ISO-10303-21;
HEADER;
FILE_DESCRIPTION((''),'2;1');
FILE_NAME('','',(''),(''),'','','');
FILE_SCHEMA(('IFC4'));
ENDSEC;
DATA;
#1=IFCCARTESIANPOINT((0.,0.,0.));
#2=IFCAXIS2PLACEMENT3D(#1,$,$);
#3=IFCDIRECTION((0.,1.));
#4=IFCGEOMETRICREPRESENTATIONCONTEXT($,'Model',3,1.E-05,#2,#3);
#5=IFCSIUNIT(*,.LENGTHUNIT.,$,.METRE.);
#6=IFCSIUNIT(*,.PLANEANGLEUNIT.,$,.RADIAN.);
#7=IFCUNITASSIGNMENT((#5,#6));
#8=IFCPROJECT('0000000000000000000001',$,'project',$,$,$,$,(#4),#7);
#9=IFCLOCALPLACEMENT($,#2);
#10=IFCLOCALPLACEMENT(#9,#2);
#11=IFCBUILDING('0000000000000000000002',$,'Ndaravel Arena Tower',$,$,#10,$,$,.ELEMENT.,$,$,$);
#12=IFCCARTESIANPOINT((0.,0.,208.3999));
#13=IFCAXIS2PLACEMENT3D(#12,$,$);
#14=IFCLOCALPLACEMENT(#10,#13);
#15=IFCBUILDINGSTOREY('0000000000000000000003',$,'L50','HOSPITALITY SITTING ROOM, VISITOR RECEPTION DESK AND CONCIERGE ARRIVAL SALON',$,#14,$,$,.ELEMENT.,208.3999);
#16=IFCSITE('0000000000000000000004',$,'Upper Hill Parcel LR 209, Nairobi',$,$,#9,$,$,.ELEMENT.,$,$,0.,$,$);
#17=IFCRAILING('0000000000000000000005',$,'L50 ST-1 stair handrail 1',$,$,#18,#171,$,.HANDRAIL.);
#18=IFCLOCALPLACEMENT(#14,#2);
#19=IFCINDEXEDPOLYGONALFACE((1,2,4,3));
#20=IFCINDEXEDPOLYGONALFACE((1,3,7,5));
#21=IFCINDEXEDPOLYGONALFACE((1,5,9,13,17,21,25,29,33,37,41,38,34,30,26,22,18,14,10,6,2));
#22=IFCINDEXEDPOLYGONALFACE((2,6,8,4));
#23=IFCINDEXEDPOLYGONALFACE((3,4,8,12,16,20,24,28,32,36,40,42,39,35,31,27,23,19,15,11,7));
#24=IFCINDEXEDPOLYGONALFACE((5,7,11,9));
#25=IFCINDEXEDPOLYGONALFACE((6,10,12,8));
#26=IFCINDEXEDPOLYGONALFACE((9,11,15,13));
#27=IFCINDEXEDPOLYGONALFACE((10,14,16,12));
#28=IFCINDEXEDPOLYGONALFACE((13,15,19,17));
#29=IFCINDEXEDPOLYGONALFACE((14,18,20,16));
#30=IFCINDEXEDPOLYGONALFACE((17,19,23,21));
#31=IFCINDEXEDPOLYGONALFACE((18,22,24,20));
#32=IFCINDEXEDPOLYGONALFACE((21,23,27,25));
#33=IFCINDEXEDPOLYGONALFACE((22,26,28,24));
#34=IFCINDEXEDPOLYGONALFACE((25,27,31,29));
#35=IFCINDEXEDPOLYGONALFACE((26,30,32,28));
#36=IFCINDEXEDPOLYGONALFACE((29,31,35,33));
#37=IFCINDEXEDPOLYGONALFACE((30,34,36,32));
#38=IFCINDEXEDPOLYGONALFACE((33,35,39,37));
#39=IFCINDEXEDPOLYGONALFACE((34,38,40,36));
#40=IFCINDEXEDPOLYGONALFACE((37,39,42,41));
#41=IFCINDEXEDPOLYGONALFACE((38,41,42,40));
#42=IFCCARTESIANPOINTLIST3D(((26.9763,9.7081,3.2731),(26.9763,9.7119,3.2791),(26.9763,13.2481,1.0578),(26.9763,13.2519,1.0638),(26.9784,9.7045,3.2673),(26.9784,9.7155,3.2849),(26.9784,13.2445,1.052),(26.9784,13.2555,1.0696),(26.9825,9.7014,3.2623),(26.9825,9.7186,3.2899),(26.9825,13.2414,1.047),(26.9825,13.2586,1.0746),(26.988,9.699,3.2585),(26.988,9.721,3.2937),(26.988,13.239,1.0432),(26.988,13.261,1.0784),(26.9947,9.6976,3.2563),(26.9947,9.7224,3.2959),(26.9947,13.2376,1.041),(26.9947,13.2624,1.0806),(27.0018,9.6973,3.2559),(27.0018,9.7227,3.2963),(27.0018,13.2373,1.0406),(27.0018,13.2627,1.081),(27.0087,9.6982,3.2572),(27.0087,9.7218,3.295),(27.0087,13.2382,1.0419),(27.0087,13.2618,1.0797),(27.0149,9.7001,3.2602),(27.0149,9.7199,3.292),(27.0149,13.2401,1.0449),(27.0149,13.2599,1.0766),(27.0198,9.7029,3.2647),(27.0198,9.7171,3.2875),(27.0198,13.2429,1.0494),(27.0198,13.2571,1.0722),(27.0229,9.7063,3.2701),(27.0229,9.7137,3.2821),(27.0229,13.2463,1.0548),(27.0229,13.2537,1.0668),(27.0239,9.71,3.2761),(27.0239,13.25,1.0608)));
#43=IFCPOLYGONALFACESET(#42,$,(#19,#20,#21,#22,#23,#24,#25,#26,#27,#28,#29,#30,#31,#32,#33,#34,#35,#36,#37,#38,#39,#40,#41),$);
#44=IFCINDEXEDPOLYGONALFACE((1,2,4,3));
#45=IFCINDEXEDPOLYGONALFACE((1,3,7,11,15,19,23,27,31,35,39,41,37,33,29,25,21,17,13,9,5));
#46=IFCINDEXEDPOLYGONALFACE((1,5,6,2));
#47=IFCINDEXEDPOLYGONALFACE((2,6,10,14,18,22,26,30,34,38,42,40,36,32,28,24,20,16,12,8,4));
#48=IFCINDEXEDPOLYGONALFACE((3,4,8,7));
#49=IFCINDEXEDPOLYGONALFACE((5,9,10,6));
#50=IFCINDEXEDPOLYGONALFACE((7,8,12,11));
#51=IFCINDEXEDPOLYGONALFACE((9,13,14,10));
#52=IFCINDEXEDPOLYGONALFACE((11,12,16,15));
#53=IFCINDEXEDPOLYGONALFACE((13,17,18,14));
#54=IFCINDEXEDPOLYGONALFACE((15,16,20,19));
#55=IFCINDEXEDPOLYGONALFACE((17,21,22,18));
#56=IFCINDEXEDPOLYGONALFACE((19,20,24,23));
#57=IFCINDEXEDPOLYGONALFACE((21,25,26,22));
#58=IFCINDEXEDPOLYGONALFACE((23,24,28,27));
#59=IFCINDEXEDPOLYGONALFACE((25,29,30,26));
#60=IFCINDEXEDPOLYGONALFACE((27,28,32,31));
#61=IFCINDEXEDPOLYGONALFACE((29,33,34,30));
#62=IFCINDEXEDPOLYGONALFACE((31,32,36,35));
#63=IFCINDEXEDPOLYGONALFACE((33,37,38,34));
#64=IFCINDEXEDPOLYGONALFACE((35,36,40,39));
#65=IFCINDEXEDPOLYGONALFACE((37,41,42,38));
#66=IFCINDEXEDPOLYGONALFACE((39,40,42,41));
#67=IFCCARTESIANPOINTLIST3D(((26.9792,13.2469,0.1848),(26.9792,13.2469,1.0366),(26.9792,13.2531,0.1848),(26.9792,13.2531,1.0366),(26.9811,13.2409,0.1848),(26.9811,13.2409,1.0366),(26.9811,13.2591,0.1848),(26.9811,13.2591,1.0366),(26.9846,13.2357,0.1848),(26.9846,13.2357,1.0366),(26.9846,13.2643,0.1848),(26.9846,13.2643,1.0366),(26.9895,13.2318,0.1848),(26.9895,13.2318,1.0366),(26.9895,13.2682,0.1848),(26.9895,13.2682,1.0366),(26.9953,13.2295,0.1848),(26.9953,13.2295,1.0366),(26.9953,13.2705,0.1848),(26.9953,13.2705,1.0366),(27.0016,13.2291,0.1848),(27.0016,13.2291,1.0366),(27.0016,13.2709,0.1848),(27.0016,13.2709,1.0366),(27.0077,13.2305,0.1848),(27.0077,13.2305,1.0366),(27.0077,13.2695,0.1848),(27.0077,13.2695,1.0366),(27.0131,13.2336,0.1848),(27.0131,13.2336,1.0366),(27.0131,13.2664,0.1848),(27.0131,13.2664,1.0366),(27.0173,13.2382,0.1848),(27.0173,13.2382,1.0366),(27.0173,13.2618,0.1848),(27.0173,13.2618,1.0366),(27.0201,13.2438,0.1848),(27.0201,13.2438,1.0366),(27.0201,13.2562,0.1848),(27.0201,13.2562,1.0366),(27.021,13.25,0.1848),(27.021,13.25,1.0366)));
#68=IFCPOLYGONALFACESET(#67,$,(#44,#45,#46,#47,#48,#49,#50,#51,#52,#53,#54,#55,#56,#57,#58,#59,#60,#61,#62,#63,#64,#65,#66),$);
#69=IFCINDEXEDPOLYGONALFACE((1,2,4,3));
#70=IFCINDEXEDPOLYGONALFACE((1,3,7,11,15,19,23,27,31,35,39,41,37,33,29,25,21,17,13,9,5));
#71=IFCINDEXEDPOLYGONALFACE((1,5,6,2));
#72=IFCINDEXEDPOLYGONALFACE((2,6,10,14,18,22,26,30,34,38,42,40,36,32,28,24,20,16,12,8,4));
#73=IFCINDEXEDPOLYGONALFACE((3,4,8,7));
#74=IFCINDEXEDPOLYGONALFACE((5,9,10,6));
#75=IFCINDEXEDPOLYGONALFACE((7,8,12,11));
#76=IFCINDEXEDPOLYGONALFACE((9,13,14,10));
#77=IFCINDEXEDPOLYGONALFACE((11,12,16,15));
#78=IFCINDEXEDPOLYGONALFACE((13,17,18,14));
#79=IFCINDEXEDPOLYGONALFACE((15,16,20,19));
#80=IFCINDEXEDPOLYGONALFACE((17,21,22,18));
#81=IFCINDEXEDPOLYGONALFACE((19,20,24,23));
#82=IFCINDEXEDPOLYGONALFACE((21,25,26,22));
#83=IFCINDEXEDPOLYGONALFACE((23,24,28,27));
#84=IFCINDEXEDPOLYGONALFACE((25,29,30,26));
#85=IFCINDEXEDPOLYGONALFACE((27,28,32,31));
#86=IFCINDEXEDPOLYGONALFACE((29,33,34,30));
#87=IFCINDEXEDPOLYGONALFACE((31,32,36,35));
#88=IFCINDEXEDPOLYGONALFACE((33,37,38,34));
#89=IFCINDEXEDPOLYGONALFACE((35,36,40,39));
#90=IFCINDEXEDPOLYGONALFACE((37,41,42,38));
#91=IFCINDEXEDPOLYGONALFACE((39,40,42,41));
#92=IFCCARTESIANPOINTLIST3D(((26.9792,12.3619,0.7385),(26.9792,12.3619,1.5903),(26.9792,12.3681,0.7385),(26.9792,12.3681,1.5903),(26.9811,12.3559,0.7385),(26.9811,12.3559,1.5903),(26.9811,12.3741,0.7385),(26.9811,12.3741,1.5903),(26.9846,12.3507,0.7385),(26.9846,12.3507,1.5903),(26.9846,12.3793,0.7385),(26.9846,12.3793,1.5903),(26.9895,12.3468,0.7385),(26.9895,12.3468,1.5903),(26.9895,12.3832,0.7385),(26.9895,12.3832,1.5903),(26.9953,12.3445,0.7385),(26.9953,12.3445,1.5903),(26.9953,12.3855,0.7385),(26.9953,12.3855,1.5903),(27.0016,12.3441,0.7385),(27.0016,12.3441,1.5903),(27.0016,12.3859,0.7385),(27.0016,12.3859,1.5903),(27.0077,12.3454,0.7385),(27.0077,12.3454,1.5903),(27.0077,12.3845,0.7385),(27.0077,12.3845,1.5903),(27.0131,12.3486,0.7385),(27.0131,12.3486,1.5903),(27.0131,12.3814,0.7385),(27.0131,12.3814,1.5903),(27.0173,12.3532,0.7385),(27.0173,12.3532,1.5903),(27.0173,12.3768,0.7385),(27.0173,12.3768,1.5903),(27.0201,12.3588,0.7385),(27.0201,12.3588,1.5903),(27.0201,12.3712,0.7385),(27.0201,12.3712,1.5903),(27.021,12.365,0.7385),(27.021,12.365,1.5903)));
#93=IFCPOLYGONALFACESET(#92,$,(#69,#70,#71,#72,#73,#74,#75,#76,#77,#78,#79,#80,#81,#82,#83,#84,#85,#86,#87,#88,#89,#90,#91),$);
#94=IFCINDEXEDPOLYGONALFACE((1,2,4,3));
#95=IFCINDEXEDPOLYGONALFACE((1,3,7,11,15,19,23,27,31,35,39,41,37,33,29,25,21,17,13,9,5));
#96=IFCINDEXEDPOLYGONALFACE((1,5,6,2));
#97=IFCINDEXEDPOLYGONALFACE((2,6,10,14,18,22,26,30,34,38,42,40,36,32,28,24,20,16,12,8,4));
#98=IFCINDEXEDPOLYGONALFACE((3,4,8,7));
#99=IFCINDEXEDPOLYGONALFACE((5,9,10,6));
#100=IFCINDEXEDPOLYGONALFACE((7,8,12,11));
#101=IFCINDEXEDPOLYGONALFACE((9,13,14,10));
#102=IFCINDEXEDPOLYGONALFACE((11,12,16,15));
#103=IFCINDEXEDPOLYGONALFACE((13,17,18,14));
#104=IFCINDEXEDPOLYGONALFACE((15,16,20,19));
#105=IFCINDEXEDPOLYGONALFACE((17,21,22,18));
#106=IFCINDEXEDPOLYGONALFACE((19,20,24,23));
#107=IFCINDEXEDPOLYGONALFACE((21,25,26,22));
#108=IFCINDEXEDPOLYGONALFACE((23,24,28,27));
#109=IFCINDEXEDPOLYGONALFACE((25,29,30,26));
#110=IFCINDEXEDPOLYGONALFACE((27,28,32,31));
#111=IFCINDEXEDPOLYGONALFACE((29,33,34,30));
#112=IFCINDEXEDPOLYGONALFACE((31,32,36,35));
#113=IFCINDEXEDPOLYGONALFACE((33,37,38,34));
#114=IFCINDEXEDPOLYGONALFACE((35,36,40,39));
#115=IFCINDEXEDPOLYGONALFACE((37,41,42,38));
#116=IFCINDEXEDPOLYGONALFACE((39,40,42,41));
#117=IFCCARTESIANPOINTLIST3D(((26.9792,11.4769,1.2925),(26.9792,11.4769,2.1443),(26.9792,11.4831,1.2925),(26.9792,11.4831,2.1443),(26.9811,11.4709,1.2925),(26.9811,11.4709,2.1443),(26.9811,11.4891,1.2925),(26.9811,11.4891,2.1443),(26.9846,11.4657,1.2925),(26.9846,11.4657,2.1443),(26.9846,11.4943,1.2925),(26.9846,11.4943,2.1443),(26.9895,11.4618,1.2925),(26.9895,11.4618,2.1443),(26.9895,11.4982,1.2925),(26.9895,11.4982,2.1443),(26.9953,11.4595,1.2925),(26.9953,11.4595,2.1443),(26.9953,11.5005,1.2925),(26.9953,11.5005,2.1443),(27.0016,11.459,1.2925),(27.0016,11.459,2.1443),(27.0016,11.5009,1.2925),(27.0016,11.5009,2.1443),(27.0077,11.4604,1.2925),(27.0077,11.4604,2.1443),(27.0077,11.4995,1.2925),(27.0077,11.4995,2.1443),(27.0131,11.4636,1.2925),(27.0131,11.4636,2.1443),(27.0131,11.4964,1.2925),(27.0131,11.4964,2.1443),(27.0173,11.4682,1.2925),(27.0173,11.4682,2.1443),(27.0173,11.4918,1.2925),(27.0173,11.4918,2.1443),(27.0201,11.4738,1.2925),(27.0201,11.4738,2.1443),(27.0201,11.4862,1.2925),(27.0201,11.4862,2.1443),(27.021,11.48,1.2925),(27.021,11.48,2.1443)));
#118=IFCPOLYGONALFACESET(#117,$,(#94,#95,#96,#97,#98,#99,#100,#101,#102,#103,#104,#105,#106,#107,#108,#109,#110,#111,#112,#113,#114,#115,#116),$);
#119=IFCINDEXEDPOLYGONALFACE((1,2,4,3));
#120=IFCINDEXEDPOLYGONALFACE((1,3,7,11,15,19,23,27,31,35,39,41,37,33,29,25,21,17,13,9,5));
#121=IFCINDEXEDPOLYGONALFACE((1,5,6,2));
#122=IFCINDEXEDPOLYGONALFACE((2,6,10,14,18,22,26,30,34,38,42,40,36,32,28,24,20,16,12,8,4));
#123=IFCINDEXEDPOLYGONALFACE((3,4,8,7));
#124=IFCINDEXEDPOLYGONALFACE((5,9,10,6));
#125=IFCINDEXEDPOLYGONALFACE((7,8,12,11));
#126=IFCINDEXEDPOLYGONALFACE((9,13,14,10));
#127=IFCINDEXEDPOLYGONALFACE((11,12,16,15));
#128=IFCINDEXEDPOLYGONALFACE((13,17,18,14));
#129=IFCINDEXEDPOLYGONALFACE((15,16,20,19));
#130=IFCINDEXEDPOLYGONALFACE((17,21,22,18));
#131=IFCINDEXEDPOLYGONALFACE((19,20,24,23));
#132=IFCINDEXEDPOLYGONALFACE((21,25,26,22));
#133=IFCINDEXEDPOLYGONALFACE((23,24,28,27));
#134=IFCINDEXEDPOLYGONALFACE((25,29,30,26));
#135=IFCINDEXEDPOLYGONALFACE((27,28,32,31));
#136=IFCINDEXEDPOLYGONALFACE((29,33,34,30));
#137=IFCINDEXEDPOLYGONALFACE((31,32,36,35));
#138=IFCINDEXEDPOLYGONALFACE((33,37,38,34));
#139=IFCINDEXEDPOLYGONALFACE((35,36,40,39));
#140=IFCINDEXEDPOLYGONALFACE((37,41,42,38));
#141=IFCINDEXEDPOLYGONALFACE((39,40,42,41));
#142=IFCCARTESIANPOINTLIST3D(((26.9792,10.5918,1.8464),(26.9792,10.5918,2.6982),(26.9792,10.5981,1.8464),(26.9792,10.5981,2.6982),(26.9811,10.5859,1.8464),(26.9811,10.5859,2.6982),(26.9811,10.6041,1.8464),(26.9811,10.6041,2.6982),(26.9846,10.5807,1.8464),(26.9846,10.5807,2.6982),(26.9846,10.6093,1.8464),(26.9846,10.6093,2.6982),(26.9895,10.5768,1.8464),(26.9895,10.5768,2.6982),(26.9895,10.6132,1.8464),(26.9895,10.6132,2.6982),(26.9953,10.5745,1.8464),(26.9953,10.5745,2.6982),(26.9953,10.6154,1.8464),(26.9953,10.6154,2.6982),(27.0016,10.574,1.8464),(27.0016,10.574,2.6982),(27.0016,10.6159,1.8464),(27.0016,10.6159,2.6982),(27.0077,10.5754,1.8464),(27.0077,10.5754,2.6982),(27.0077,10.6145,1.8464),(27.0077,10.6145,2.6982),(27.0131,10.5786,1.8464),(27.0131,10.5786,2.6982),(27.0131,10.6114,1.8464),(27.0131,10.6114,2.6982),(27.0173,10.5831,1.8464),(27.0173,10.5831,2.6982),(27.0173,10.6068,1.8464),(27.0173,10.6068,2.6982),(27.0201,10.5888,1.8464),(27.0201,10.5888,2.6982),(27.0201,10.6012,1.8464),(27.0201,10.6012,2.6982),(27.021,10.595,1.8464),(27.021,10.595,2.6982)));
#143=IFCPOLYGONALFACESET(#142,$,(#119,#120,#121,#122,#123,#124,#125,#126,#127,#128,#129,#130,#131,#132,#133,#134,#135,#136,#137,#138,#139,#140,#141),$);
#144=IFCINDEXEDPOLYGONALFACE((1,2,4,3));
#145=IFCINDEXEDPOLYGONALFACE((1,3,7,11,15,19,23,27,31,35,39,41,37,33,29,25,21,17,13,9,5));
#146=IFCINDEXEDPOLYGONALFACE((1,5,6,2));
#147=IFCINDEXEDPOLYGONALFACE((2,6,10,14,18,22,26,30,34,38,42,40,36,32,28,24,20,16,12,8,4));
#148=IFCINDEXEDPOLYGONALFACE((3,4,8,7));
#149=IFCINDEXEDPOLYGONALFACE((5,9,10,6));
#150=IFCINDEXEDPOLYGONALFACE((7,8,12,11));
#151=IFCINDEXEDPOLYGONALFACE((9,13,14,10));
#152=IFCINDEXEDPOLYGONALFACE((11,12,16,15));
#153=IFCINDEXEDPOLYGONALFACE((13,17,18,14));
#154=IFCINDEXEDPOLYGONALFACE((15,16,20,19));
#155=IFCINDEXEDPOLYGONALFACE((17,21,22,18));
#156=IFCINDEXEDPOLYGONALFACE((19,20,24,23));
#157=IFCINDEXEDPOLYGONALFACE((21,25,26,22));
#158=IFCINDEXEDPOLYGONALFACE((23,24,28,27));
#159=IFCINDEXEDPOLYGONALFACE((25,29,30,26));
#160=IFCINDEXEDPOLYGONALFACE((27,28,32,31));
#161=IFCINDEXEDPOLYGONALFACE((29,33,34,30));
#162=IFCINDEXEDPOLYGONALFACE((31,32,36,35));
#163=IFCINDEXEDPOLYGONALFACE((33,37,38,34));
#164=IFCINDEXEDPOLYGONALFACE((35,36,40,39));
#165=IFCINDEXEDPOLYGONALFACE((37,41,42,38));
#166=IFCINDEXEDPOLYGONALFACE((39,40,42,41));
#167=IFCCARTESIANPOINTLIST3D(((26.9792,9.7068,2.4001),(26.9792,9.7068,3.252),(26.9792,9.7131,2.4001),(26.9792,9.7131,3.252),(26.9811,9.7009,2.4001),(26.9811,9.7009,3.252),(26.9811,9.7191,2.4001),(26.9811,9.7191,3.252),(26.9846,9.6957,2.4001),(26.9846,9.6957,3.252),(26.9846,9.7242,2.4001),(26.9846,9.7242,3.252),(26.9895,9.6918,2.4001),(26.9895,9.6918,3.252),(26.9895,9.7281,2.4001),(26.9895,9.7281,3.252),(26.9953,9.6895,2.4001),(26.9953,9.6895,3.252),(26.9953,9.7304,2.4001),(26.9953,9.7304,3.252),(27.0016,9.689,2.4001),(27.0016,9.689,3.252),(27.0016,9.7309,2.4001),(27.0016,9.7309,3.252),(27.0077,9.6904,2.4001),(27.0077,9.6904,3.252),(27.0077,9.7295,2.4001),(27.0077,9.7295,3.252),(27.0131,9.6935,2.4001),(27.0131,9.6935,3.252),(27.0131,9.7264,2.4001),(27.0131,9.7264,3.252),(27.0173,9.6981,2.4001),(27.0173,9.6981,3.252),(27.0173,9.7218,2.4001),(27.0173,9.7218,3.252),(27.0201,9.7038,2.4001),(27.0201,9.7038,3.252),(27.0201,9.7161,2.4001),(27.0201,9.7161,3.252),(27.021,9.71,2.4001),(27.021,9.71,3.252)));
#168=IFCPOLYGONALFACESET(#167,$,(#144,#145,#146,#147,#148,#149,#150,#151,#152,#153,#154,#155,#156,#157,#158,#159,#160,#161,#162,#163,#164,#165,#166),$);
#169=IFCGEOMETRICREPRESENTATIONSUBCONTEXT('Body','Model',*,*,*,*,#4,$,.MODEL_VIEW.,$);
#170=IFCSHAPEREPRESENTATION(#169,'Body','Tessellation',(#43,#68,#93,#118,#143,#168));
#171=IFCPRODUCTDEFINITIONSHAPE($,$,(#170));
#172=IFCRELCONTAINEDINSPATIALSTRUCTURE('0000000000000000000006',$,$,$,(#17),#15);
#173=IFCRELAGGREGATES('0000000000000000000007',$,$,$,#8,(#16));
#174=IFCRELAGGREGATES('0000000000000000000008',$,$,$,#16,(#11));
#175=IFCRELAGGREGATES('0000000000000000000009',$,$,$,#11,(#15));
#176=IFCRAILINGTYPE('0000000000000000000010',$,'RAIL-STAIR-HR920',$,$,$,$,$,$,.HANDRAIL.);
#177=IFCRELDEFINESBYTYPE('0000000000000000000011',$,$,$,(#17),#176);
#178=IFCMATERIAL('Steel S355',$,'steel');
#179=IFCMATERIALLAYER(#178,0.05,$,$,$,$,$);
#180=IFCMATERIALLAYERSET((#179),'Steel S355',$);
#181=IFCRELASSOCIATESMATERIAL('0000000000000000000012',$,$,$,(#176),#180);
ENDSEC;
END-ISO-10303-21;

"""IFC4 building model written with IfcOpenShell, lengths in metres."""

from ifc_helpers import new_model, si_unit, direction, frame, origin, origin_2d, place, context, subcontext, project, spatial, circle, extrude, material, layer, layer_set, type_object, element, save


model = new_model("IFC4")

# Units and contexts
model_context = context("Model", 3, precision=1e-05, world=origin(), true_north=direction((0.0, 1.0)))
body_context = subcontext(model_context, "Body", "Model", "MODEL_VIEW")
ifc_project = project(units=[si_unit("LENGTHUNIT", "METRE"), si_unit("PLANEANGLEUNIT", "RADIAN")], contexts=[model_context])

# Site, building, storey
site_placement = place(None, origin())
site = spatial("IfcSite", under=ifc_project, at=site_placement, Name="Upper Hill Parcel LR 209, Nairobi", CompositionType="ELEMENT", RefElevation=0.0)
building_placement = place(site_placement, origin())
building = spatial("IfcBuilding", under=site, at=building_placement, Name="Ndaravel Arena Tower", CompositionType="ELEMENT")
storey_placement = place(building_placement, frame((0.0, 0.0, 208.3999)))
storey = spatial("IfcBuildingStorey", under=building, at=storey_placement, Name="L50", Description="HOSPITALITY SITTING ROOM, VISITOR RECEPTION DESK AND CONCIERGE ARRIVAL SALON", CompositionType="ELEMENT", Elevation=208.3999)

# Railing
ifc_material_1 = material(Name="Steel S355", Category="steel")
ifc_layer_1 = layer(ifc_material_1, 0.05)
ifc_layer_set_1 = layer_set([ifc_layer_1], Name="Steel S355")
railing_type_1 = type_object("IfcRailingType", Name="RAIL-STAIR-HR920", PredefinedType="HANDRAIL", material=ifc_layer_set_1)
railing_1_placement = place(storey_placement, frame((27.0, 13.25, 0.1848)))
element("IfcRailing", 1, at=railing_1_placement, inside=storey, type_object=railing_type_1, Name="L50 ST-1 stair handrail 1", PredefinedType="HANDRAIL", context=body_context, shape_type="SweptSolid", body=[
    extrude(circle(Radius=0.0239, at=origin_2d()), frame((0.0, 0.0, 0.876), z_axis=(0.0, -0.847696, 0.530482), x_axis=(1.0, 0.0, 0.0)), (0.0, 0.0, 1.0), 4.176),
    extrude(circle(Radius=0.021, at=origin_2d()), origin(), (0.0, 0.0, 1.0), 0.8518),
    extrude(circle(Radius=0.021, at=origin_2d()), frame((0.0, -0.885, 0.5537)), (0.0, 0.0, 1.0), 0.8518),
    extrude(circle(Radius=0.021, at=origin_2d()), frame((0.0, -1.77, 1.1077)), (0.0, 0.0, 1.0), 0.8518),
    extrude(circle(Radius=0.021, at=origin_2d()), frame((0.0, -2.655, 1.6616)), (0.0, 0.0, 1.0), 0.8518),
    extrude(circle(Radius=0.021, at=origin_2d()), frame((0.0, -3.54, 2.2153)), (0.0, 0.0, 1.0), 0.8518),
])

save(model, "model.ifc")
